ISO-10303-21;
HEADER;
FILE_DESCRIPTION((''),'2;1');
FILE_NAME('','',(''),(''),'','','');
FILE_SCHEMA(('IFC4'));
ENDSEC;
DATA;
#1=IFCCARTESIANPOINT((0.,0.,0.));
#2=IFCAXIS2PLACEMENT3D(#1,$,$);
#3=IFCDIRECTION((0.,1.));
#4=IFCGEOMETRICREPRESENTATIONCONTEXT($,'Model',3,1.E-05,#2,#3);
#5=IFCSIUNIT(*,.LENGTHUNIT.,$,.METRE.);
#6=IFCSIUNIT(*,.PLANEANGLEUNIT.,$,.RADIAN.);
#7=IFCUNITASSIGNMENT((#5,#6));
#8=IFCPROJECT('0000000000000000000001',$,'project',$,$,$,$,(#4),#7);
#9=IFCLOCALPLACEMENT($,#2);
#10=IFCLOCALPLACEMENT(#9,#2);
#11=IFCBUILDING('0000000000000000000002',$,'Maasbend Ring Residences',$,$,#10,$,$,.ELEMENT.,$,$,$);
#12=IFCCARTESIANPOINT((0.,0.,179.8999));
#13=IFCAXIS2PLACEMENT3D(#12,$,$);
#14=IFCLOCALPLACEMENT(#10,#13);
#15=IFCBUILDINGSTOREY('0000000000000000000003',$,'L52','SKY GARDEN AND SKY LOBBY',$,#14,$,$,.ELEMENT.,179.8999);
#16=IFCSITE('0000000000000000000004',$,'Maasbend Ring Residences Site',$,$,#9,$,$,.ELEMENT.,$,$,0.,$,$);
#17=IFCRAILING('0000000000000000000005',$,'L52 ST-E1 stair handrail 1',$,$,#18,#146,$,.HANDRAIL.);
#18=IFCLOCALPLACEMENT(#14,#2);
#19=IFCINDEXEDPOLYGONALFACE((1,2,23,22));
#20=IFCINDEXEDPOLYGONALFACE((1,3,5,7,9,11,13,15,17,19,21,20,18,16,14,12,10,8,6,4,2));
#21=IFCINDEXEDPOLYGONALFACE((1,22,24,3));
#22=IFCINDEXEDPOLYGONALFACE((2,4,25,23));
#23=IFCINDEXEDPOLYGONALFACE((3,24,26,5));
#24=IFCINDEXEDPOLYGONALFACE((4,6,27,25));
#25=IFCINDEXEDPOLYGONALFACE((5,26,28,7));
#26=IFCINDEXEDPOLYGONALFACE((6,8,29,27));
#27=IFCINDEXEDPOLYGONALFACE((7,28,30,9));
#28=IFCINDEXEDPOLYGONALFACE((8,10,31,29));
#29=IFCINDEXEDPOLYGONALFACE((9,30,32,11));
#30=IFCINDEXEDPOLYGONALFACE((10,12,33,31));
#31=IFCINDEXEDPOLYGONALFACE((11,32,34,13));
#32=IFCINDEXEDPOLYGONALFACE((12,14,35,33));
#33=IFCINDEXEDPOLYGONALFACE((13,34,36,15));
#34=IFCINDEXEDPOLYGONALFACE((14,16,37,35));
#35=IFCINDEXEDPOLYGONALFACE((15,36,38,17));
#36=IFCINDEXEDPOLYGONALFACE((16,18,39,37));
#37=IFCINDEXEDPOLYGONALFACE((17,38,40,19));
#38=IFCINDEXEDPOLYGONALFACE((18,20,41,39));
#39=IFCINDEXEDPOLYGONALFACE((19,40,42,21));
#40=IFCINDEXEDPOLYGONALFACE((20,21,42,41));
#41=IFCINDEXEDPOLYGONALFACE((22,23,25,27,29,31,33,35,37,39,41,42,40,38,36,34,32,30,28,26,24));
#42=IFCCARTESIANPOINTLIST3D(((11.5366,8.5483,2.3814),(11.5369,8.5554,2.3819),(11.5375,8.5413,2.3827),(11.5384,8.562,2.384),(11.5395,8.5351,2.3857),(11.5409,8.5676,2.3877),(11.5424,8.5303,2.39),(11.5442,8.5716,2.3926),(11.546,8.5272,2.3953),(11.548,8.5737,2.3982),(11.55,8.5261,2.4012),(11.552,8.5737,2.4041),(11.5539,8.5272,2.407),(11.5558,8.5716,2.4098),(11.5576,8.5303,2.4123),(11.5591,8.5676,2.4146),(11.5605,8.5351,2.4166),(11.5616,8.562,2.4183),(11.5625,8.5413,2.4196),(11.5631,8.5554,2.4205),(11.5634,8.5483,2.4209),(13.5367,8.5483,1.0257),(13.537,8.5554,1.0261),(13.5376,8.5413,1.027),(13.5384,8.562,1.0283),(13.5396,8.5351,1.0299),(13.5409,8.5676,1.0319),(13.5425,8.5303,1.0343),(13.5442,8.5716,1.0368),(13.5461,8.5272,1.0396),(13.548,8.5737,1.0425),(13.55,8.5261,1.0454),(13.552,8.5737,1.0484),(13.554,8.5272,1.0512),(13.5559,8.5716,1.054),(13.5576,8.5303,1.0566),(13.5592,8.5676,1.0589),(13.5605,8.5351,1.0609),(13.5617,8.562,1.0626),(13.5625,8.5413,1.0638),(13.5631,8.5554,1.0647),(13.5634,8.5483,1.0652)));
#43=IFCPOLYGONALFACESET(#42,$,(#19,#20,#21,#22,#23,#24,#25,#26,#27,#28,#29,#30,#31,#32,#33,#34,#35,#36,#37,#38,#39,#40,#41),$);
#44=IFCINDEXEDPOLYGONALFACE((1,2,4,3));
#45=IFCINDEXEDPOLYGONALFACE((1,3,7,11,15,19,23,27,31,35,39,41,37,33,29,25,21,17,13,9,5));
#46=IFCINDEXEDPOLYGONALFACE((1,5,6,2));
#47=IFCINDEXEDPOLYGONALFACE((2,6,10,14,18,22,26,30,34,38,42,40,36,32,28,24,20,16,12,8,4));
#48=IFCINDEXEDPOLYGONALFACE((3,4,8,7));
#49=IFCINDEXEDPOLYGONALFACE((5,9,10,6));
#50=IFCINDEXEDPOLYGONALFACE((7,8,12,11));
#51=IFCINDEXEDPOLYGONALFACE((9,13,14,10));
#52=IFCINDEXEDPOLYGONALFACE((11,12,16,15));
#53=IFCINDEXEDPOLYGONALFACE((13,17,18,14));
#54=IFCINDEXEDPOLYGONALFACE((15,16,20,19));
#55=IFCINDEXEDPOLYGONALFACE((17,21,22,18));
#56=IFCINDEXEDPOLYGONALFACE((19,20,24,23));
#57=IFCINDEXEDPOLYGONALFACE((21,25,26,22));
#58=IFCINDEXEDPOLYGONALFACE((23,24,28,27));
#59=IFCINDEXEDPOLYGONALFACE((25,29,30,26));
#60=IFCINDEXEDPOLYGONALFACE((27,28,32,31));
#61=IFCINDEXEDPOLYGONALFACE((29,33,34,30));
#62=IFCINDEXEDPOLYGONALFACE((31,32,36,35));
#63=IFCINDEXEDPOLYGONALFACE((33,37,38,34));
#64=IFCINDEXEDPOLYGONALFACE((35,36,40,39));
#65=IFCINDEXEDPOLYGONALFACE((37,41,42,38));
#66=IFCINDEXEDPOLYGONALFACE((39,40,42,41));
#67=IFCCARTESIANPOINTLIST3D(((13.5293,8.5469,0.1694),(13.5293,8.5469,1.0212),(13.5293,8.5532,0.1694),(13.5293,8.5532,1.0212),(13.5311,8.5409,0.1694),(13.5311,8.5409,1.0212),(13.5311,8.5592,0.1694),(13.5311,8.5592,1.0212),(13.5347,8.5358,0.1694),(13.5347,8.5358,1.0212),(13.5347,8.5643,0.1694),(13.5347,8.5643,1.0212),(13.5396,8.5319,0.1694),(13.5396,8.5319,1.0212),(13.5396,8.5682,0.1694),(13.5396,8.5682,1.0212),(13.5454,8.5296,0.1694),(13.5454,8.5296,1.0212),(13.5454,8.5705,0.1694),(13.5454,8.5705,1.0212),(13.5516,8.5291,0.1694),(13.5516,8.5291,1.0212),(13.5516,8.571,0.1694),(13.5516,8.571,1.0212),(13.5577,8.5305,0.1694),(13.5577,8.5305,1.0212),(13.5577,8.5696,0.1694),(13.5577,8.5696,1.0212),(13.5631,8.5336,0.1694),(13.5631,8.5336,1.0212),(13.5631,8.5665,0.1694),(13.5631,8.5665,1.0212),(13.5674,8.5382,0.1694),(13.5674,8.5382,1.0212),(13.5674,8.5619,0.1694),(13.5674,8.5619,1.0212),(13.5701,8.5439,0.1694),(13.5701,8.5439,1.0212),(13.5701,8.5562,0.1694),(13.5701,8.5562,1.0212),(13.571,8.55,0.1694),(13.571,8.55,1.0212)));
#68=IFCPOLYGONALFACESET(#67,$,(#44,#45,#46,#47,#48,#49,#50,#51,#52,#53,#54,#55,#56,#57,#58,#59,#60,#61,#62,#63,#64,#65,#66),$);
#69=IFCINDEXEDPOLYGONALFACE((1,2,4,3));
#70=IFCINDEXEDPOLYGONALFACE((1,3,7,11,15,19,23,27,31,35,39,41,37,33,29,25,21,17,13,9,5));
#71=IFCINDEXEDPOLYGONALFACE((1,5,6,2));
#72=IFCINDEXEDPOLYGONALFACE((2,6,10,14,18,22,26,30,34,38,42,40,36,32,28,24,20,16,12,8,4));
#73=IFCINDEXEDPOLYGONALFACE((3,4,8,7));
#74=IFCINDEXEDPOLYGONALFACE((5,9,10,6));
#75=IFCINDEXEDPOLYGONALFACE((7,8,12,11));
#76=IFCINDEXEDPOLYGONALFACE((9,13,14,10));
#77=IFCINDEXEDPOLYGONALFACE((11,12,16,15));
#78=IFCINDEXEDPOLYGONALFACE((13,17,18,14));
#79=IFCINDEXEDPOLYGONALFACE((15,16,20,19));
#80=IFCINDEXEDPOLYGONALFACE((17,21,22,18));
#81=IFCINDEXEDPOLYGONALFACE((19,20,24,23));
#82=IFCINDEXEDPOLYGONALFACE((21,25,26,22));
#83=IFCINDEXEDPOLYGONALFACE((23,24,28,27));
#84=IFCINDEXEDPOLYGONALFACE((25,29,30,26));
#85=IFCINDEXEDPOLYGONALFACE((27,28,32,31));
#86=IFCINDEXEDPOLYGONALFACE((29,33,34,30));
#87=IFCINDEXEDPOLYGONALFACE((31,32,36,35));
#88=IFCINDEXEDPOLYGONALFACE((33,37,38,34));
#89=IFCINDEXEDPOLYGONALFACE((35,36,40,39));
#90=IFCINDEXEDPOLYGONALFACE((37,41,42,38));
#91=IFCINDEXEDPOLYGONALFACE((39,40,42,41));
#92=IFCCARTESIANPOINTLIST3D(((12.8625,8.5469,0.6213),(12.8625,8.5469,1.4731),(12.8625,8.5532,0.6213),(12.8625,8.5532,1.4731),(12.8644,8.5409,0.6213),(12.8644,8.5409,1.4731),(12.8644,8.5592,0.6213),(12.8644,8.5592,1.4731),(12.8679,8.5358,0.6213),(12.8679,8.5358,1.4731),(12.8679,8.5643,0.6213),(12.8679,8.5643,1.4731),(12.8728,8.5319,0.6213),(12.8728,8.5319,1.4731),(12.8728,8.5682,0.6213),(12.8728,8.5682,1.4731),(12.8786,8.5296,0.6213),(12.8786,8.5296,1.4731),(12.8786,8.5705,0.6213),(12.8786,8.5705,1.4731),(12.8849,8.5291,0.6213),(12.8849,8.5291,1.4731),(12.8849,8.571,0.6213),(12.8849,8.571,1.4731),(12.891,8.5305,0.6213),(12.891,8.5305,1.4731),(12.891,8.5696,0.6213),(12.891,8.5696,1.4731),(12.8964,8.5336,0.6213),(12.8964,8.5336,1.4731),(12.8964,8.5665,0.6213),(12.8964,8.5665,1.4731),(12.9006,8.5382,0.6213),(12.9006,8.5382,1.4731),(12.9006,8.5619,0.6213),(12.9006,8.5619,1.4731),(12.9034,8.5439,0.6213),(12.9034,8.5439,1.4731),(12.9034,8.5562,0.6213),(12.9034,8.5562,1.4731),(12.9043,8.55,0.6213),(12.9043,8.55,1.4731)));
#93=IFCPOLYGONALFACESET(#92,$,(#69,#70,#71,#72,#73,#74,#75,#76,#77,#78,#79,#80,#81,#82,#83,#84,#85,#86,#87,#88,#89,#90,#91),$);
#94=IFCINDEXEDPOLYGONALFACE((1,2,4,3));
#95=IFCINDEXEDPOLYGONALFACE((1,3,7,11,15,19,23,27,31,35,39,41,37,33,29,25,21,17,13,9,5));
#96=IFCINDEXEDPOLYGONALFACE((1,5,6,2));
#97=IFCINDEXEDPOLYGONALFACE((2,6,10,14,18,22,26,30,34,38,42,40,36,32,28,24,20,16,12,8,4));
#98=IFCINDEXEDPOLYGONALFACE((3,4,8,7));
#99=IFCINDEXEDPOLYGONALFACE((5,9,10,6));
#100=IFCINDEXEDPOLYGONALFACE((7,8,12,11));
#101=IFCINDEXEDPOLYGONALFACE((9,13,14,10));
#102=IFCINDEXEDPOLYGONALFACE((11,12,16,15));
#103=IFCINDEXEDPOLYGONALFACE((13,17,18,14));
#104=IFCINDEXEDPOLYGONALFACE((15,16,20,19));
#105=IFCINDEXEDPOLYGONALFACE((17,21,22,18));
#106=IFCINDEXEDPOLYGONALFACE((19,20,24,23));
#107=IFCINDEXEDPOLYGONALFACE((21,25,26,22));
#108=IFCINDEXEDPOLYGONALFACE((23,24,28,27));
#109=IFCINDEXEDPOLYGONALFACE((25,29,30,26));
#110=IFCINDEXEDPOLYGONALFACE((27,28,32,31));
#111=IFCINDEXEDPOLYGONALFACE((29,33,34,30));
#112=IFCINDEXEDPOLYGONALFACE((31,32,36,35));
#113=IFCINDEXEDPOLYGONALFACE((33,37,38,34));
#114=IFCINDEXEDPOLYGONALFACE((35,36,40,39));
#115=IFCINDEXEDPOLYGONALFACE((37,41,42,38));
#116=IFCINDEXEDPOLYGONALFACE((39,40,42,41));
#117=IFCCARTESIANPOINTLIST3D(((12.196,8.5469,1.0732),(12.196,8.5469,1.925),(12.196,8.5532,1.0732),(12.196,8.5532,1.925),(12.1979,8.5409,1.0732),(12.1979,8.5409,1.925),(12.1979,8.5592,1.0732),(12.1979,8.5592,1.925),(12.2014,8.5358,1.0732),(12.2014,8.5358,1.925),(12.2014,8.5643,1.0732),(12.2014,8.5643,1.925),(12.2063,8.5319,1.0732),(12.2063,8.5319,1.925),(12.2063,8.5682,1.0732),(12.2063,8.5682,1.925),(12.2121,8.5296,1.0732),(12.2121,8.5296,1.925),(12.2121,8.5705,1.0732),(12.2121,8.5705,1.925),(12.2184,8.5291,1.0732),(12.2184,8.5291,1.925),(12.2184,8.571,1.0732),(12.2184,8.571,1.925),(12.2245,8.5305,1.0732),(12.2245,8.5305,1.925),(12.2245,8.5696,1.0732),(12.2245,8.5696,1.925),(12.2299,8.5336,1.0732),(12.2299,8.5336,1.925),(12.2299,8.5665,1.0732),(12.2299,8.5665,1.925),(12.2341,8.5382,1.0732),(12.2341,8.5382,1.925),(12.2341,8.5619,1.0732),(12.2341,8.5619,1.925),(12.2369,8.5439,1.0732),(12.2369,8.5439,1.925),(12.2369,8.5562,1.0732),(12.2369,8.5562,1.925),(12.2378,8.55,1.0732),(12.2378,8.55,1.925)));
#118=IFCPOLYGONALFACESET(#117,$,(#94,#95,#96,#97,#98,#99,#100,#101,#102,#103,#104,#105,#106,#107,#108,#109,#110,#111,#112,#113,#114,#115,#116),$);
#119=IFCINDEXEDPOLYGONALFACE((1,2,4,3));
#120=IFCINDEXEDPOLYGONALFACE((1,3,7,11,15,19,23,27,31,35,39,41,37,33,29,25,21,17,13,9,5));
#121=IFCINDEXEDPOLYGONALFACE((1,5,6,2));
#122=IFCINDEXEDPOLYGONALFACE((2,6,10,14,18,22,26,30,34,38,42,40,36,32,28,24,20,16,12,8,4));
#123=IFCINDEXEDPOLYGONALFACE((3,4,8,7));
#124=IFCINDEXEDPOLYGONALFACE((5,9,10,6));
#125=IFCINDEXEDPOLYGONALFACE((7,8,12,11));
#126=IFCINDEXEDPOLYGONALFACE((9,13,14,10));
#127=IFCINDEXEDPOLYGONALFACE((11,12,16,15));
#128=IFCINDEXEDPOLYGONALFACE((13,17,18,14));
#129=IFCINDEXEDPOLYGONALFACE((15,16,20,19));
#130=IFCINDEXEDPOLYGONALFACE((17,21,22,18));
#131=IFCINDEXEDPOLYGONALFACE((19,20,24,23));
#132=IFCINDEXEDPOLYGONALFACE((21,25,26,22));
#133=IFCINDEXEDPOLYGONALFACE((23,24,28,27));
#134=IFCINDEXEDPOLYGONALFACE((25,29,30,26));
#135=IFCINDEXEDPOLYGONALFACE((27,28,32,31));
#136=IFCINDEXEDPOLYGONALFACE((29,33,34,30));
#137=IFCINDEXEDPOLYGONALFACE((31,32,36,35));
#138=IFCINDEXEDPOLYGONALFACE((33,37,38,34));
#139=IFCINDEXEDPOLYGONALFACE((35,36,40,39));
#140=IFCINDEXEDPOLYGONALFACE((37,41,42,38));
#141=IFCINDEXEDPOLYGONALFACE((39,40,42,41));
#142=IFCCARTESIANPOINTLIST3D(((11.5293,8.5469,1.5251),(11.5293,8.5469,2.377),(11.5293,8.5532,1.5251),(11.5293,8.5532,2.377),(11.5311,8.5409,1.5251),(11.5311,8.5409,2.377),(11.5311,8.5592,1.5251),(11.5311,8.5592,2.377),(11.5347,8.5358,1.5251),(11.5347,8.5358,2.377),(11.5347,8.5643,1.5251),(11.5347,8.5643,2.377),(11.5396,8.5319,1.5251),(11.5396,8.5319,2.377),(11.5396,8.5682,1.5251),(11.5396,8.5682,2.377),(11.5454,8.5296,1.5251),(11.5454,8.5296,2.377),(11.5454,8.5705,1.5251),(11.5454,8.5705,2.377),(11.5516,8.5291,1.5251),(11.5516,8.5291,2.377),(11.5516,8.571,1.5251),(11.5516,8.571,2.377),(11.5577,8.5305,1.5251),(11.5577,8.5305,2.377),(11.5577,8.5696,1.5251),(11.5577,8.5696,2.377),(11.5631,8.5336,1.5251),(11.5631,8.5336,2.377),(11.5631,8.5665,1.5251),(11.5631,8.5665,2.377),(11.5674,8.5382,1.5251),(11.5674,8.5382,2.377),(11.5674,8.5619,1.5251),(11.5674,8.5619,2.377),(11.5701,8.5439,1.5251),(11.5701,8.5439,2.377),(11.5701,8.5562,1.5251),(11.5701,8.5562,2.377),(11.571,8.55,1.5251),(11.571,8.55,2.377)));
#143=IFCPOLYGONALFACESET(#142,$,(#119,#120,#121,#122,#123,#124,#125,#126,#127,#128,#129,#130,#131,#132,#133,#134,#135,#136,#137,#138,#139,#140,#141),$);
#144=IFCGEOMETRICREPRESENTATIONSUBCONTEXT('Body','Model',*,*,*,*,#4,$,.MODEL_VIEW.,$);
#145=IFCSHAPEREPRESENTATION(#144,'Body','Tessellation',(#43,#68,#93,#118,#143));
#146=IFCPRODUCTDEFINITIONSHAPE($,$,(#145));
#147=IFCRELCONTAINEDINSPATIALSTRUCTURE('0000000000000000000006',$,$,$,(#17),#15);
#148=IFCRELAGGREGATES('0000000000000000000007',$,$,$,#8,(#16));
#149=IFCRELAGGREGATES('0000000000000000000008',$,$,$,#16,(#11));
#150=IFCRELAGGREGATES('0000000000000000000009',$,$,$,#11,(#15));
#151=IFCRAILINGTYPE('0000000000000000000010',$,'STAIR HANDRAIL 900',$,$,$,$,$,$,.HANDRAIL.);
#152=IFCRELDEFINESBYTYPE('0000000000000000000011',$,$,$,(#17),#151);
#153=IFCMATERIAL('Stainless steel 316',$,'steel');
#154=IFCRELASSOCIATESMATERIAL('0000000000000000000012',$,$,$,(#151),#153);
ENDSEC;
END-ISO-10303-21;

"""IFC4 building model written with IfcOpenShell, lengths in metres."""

from ifc_helpers import new_model, si_unit, direction, frame, origin, origin_2d, place, context, subcontext, project, spatial, circle, extrude, material, type_object, element, save


model = new_model("IFC4")

# Units and contexts
model_context = context("Model", 3, precision=1e-05, world=origin(), true_north=direction((0.0, 1.0)))
body_context = subcontext(model_context, "Body", "Model", "MODEL_VIEW")
ifc_project = project(units=[si_unit("LENGTHUNIT", "METRE"), si_unit("PLANEANGLEUNIT", "RADIAN")], contexts=[model_context])

# Site, building, storey
site_placement = place(None, origin())
site = spatial("IfcSite", under=ifc_project, at=site_placement, Name="Maasbend Ring Residences Site", CompositionType="ELEMENT", RefElevation=0.0)
building_placement = place(site_placement, origin())
building = spatial("IfcBuilding", under=site, at=building_placement, Name="Maasbend Ring Residences", CompositionType="ELEMENT")
storey_placement = place(building_placement, frame((0.0, 0.0, 179.8999)))
storey = spatial("IfcBuildingStorey", under=building, at=storey_placement, Name="L52", Description="SKY GARDEN AND SKY LOBBY", CompositionType="ELEMENT", Elevation=179.8999)

# Railing
ifc_material_1 = material(Name="Stainless steel 316", Category="steel")
railing_type_1 = type_object("IfcRailingType", Name="STAIR HANDRAIL 900", PredefinedType="HANDRAIL", material=ifc_material_1)
for number, where, name in (
    (1, (13.55, 8.55, 0.1694), "L52 ST-E1 stair handrail 1"),
):
    element("IfcRailing", number, at=place(storey_placement, frame(where)), inside=storey, type_object=railing_type_1, Name=name, PredefinedType="HANDRAIL", context=body_context, shape_type="SweptSolid", body=[
        extrude(circle(Radius=0.0239, at=origin_2d()), frame((0.0, 0.0, 0.876), z_axis=(-0.827751, 0.0, 0.561096), x_axis=(0.0, -1.0, 0.0)), (0.0, 0.0, 1.0), 2.4163),
        extrude(circle(Radius=0.021, at=origin_2d()), origin(), (0.0, 0.0, 1.0), 0.8518),
        extrude(circle(Radius=0.021, at=origin_2d()), frame((-0.6667, 0.0, 0.4519)), (0.0, 0.0, 1.0), 0.8518),
        extrude(circle(Radius=0.021, at=origin_2d()), frame((-1.3333, 0.0, 0.9038)), (0.0, 0.0, 1.0), 0.8518),
        extrude(circle(Radius=0.021, at=origin_2d()), frame((-2.0, 0.0, 1.3557)), (0.0, 0.0, 1.0), 0.8518),
    ])

save(model, "model.ifc")
